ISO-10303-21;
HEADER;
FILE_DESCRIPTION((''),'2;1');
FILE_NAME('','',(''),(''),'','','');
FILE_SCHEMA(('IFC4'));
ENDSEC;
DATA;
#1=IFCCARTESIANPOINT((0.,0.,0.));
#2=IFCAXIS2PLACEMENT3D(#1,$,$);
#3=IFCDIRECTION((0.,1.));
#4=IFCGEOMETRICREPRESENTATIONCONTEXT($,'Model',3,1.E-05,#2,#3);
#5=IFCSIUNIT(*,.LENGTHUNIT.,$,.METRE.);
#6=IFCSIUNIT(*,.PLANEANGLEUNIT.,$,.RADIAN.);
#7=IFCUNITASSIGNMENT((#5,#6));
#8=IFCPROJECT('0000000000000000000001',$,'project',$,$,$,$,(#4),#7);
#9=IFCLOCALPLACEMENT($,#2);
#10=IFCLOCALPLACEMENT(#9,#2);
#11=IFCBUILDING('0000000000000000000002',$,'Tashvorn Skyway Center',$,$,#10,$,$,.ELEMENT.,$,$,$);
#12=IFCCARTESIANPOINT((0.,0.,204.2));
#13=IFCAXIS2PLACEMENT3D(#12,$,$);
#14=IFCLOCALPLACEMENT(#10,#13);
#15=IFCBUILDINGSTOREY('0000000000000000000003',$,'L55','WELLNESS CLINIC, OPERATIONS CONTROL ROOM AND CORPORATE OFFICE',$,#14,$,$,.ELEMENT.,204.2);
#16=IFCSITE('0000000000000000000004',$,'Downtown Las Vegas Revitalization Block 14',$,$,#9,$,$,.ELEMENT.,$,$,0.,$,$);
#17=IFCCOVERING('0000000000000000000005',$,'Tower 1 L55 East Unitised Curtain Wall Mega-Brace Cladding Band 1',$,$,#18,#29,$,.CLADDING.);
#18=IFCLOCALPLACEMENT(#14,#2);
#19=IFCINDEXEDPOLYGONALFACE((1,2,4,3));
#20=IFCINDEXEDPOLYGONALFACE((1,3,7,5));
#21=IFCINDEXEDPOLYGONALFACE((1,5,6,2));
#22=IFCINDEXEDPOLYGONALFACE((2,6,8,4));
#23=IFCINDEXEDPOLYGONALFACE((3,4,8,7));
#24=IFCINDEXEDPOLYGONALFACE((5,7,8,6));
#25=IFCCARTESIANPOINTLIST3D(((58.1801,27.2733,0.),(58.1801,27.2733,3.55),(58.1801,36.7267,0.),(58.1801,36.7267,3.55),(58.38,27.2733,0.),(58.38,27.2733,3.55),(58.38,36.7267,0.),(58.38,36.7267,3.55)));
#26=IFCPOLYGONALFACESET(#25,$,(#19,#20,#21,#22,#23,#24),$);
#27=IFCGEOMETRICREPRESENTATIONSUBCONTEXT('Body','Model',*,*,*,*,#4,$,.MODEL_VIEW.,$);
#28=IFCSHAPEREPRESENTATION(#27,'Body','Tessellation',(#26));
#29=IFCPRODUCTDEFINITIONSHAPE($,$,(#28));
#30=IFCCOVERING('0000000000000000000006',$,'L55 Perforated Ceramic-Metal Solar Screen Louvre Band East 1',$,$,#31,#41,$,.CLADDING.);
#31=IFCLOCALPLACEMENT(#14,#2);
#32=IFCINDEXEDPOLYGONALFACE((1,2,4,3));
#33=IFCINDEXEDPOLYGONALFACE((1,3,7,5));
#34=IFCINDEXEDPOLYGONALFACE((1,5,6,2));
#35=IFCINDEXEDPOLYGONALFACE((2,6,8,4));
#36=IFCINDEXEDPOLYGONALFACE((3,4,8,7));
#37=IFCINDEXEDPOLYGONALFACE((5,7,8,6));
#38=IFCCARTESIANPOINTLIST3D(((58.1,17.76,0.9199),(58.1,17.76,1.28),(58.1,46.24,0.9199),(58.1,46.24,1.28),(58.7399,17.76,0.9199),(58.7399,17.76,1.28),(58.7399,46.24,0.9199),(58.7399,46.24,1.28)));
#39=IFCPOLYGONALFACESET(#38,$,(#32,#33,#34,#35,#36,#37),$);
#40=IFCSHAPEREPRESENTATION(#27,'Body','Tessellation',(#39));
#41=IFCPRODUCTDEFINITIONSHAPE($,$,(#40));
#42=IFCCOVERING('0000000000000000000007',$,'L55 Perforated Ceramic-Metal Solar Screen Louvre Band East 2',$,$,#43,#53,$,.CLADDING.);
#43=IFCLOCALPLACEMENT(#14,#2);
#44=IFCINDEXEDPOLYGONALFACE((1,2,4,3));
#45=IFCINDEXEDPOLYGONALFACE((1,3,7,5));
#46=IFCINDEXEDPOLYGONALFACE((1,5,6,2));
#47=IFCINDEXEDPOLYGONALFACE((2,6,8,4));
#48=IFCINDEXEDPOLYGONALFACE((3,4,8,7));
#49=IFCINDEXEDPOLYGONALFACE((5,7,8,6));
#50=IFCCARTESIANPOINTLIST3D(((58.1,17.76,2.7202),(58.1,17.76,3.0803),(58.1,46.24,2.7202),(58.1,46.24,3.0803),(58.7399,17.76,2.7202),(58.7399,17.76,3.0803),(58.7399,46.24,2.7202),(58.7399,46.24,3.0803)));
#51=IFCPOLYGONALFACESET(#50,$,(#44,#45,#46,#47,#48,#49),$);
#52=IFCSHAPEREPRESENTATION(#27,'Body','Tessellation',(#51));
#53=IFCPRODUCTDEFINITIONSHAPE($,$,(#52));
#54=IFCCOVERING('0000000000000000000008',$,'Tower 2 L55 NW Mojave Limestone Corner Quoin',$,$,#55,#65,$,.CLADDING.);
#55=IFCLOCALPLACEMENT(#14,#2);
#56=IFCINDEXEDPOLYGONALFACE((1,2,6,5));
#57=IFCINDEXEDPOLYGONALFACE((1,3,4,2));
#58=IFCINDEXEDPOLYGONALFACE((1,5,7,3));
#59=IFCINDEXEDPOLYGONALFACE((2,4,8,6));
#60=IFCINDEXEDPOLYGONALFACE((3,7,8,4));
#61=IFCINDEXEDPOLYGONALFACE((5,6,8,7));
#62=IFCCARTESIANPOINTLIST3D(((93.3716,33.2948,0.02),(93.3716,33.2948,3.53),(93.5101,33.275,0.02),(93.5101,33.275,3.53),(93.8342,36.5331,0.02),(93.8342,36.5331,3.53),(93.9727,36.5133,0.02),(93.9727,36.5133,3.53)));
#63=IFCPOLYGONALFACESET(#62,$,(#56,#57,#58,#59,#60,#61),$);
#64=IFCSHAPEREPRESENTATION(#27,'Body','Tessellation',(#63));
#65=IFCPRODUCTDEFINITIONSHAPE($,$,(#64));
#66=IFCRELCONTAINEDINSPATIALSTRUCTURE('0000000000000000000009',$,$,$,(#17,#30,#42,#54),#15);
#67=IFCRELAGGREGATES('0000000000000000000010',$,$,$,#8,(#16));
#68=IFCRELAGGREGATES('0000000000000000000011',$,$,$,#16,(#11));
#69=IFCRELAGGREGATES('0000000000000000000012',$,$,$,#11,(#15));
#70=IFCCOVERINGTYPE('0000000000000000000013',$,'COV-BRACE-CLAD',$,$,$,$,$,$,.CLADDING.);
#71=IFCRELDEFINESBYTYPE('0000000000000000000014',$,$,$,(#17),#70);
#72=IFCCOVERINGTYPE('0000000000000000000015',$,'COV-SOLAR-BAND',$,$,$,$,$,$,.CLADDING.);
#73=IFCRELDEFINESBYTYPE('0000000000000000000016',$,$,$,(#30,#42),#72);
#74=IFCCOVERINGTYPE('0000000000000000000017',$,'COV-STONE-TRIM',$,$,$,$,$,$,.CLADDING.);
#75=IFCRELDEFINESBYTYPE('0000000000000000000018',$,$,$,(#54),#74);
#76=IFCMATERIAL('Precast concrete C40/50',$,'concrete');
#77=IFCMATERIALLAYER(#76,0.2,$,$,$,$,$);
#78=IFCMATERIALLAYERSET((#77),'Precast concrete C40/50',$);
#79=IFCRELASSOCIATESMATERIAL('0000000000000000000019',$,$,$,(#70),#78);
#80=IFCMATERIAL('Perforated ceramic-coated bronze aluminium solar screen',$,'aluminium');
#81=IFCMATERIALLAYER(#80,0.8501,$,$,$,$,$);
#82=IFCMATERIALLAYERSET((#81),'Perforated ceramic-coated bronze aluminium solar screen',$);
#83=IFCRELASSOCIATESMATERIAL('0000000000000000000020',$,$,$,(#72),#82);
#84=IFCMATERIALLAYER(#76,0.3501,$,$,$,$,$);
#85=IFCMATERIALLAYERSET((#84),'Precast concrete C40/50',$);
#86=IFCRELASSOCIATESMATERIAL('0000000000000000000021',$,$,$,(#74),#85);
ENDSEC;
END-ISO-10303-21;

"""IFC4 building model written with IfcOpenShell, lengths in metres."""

from ifc_helpers import new_model, si_unit, direction, frame, origin, origin_2d, place, context, subcontext, project, spatial, rectangle, extrude, material, layer, layer_set, type_object, element, save


model = new_model("IFC4")

# Units and contexts
model_context = context("Model", 3, precision=1e-05, world=origin(), true_north=direction((0.0, 1.0)))
body_context = subcontext(model_context, "Body", "Model", "MODEL_VIEW")
ifc_project = project(units=[si_unit("LENGTHUNIT", "METRE"), si_unit("PLANEANGLEUNIT", "RADIAN")], contexts=[model_context])

# Site, building, storey
site_placement = place(None, origin())
site = spatial("IfcSite", under=ifc_project, at=site_placement, Name="Downtown Las Vegas Revitalization Block 14", CompositionType="ELEMENT", RefElevation=0.0)
building_placement = place(site_placement, origin())
building = spatial("IfcBuilding", under=site, at=building_placement, Name="Tashvorn Skyway Center", CompositionType="ELEMENT")
storey_placement = place(building_placement, frame((0.0, 0.0, 204.2)))
storey = spatial("IfcBuildingStorey", under=building, at=storey_placement, Name="L55", Description="WELLNESS CLINIC, OPERATIONS CONTROL ROOM AND CORPORATE OFFICE", CompositionType="ELEMENT", Elevation=204.2)

# Shared definitions
ifc_material_1 = material(Name="Precast concrete C40/50", Category="concrete")

# Coverings
ifc_layer_1 = layer(ifc_material_1, 0.2)
ifc_layer_set_1 = layer_set([ifc_layer_1], Name="Precast concrete C40/50")
covering_type_1 = type_object("IfcCoveringType", Name="COV-BRACE-CLAD", PredefinedType="CLADDING", material=ifc_layer_set_1)
covering_1_placement = place(storey_placement, frame((58.28, 32.0, 0.0), z_axis=(0.0, 0.0, 1.0), x_axis=(0.0, -1.0, 0.0)))
element("IfcCovering", 1, at=covering_1_placement, inside=storey, type_object=covering_type_1, Name="Tower 1 L55 East Unitised Curtain Wall Mega-Brace Cladding Band 1", PredefinedType="CLADDING", context=body_context, shape_type="SweptSolid", body=[
    extrude(rectangle(XDim=9.4534, YDim=0.2, at=origin_2d()), origin(), (0.0, 0.0, 1.0), 3.55),
])
ifc_material_2 = material(Name="Perforated ceramic-coated bronze aluminium solar screen", Category="aluminium")
ifc_layer_2 = layer(ifc_material_2, 0.8501)
ifc_layer_set_2 = layer_set([ifc_layer_2], Name="Perforated ceramic-coated bronze aluminium solar screen")
covering_type_2 = type_object("IfcCoveringType", Name="COV-SOLAR-BAND", PredefinedType="CLADDING", material=ifc_layer_set_2)
for number, where, z_axis, x_axis, name in (
    (2, (58.4199, 32.0, 0.9199), (0.0, 0.0, 1.0), (0.0, -1.0, 0.0), "L55 Perforated Ceramic-Metal Solar Screen Louvre Band East 1"),
    (3, (58.4199, 32.0, 2.7202), (0.0, 0.0, 1.0), (0.0, -1.0, 0.0), "L55 Perforated Ceramic-Metal Solar Screen Louvre Band East 2"),
):
    element("IfcCovering", number, at=place(storey_placement, frame(where, z_axis=z_axis, x_axis=x_axis)), inside=storey, type_object=covering_type_2, Name=name, PredefinedType="CLADDING", context=body_context, shape_type="SweptSolid", body=[
        extrude(rectangle(XDim=28.48, YDim=0.6399, at=origin_2d()), origin(), (0.0, 0.0, 1.0), 0.3601),
    ])
ifc_layer_3 = layer(ifc_material_1, 0.3501)
ifc_layer_set_3 = layer_set([ifc_layer_3], Name="Precast concrete C40/50")
covering_type_3 = type_object("IfcCoveringType", Name="COV-STONE-TRIM", PredefinedType="CLADDING", material=ifc_layer_set_3)
covering_2_placement = place(storey_placement, frame((93.6721, 34.9041, 0.02), z_axis=(0.0, 0.0, 1.0), x_axis=(-0.141421, -0.989949, 0.0)))
element("IfcCovering", 4, at=covering_2_placement, inside=storey, type_object=covering_type_3, Name="Tower 2 L55 NW Mojave Limestone Corner Quoin", PredefinedType="CLADDING", context=body_context, shape_type="SweptSolid", body=[
    extrude(rectangle(XDim=3.2712, YDim=0.1399, at=origin_2d()), origin(), (0.0, 0.0, 1.0), 3.51),
])

save(model, "model.ifc")
